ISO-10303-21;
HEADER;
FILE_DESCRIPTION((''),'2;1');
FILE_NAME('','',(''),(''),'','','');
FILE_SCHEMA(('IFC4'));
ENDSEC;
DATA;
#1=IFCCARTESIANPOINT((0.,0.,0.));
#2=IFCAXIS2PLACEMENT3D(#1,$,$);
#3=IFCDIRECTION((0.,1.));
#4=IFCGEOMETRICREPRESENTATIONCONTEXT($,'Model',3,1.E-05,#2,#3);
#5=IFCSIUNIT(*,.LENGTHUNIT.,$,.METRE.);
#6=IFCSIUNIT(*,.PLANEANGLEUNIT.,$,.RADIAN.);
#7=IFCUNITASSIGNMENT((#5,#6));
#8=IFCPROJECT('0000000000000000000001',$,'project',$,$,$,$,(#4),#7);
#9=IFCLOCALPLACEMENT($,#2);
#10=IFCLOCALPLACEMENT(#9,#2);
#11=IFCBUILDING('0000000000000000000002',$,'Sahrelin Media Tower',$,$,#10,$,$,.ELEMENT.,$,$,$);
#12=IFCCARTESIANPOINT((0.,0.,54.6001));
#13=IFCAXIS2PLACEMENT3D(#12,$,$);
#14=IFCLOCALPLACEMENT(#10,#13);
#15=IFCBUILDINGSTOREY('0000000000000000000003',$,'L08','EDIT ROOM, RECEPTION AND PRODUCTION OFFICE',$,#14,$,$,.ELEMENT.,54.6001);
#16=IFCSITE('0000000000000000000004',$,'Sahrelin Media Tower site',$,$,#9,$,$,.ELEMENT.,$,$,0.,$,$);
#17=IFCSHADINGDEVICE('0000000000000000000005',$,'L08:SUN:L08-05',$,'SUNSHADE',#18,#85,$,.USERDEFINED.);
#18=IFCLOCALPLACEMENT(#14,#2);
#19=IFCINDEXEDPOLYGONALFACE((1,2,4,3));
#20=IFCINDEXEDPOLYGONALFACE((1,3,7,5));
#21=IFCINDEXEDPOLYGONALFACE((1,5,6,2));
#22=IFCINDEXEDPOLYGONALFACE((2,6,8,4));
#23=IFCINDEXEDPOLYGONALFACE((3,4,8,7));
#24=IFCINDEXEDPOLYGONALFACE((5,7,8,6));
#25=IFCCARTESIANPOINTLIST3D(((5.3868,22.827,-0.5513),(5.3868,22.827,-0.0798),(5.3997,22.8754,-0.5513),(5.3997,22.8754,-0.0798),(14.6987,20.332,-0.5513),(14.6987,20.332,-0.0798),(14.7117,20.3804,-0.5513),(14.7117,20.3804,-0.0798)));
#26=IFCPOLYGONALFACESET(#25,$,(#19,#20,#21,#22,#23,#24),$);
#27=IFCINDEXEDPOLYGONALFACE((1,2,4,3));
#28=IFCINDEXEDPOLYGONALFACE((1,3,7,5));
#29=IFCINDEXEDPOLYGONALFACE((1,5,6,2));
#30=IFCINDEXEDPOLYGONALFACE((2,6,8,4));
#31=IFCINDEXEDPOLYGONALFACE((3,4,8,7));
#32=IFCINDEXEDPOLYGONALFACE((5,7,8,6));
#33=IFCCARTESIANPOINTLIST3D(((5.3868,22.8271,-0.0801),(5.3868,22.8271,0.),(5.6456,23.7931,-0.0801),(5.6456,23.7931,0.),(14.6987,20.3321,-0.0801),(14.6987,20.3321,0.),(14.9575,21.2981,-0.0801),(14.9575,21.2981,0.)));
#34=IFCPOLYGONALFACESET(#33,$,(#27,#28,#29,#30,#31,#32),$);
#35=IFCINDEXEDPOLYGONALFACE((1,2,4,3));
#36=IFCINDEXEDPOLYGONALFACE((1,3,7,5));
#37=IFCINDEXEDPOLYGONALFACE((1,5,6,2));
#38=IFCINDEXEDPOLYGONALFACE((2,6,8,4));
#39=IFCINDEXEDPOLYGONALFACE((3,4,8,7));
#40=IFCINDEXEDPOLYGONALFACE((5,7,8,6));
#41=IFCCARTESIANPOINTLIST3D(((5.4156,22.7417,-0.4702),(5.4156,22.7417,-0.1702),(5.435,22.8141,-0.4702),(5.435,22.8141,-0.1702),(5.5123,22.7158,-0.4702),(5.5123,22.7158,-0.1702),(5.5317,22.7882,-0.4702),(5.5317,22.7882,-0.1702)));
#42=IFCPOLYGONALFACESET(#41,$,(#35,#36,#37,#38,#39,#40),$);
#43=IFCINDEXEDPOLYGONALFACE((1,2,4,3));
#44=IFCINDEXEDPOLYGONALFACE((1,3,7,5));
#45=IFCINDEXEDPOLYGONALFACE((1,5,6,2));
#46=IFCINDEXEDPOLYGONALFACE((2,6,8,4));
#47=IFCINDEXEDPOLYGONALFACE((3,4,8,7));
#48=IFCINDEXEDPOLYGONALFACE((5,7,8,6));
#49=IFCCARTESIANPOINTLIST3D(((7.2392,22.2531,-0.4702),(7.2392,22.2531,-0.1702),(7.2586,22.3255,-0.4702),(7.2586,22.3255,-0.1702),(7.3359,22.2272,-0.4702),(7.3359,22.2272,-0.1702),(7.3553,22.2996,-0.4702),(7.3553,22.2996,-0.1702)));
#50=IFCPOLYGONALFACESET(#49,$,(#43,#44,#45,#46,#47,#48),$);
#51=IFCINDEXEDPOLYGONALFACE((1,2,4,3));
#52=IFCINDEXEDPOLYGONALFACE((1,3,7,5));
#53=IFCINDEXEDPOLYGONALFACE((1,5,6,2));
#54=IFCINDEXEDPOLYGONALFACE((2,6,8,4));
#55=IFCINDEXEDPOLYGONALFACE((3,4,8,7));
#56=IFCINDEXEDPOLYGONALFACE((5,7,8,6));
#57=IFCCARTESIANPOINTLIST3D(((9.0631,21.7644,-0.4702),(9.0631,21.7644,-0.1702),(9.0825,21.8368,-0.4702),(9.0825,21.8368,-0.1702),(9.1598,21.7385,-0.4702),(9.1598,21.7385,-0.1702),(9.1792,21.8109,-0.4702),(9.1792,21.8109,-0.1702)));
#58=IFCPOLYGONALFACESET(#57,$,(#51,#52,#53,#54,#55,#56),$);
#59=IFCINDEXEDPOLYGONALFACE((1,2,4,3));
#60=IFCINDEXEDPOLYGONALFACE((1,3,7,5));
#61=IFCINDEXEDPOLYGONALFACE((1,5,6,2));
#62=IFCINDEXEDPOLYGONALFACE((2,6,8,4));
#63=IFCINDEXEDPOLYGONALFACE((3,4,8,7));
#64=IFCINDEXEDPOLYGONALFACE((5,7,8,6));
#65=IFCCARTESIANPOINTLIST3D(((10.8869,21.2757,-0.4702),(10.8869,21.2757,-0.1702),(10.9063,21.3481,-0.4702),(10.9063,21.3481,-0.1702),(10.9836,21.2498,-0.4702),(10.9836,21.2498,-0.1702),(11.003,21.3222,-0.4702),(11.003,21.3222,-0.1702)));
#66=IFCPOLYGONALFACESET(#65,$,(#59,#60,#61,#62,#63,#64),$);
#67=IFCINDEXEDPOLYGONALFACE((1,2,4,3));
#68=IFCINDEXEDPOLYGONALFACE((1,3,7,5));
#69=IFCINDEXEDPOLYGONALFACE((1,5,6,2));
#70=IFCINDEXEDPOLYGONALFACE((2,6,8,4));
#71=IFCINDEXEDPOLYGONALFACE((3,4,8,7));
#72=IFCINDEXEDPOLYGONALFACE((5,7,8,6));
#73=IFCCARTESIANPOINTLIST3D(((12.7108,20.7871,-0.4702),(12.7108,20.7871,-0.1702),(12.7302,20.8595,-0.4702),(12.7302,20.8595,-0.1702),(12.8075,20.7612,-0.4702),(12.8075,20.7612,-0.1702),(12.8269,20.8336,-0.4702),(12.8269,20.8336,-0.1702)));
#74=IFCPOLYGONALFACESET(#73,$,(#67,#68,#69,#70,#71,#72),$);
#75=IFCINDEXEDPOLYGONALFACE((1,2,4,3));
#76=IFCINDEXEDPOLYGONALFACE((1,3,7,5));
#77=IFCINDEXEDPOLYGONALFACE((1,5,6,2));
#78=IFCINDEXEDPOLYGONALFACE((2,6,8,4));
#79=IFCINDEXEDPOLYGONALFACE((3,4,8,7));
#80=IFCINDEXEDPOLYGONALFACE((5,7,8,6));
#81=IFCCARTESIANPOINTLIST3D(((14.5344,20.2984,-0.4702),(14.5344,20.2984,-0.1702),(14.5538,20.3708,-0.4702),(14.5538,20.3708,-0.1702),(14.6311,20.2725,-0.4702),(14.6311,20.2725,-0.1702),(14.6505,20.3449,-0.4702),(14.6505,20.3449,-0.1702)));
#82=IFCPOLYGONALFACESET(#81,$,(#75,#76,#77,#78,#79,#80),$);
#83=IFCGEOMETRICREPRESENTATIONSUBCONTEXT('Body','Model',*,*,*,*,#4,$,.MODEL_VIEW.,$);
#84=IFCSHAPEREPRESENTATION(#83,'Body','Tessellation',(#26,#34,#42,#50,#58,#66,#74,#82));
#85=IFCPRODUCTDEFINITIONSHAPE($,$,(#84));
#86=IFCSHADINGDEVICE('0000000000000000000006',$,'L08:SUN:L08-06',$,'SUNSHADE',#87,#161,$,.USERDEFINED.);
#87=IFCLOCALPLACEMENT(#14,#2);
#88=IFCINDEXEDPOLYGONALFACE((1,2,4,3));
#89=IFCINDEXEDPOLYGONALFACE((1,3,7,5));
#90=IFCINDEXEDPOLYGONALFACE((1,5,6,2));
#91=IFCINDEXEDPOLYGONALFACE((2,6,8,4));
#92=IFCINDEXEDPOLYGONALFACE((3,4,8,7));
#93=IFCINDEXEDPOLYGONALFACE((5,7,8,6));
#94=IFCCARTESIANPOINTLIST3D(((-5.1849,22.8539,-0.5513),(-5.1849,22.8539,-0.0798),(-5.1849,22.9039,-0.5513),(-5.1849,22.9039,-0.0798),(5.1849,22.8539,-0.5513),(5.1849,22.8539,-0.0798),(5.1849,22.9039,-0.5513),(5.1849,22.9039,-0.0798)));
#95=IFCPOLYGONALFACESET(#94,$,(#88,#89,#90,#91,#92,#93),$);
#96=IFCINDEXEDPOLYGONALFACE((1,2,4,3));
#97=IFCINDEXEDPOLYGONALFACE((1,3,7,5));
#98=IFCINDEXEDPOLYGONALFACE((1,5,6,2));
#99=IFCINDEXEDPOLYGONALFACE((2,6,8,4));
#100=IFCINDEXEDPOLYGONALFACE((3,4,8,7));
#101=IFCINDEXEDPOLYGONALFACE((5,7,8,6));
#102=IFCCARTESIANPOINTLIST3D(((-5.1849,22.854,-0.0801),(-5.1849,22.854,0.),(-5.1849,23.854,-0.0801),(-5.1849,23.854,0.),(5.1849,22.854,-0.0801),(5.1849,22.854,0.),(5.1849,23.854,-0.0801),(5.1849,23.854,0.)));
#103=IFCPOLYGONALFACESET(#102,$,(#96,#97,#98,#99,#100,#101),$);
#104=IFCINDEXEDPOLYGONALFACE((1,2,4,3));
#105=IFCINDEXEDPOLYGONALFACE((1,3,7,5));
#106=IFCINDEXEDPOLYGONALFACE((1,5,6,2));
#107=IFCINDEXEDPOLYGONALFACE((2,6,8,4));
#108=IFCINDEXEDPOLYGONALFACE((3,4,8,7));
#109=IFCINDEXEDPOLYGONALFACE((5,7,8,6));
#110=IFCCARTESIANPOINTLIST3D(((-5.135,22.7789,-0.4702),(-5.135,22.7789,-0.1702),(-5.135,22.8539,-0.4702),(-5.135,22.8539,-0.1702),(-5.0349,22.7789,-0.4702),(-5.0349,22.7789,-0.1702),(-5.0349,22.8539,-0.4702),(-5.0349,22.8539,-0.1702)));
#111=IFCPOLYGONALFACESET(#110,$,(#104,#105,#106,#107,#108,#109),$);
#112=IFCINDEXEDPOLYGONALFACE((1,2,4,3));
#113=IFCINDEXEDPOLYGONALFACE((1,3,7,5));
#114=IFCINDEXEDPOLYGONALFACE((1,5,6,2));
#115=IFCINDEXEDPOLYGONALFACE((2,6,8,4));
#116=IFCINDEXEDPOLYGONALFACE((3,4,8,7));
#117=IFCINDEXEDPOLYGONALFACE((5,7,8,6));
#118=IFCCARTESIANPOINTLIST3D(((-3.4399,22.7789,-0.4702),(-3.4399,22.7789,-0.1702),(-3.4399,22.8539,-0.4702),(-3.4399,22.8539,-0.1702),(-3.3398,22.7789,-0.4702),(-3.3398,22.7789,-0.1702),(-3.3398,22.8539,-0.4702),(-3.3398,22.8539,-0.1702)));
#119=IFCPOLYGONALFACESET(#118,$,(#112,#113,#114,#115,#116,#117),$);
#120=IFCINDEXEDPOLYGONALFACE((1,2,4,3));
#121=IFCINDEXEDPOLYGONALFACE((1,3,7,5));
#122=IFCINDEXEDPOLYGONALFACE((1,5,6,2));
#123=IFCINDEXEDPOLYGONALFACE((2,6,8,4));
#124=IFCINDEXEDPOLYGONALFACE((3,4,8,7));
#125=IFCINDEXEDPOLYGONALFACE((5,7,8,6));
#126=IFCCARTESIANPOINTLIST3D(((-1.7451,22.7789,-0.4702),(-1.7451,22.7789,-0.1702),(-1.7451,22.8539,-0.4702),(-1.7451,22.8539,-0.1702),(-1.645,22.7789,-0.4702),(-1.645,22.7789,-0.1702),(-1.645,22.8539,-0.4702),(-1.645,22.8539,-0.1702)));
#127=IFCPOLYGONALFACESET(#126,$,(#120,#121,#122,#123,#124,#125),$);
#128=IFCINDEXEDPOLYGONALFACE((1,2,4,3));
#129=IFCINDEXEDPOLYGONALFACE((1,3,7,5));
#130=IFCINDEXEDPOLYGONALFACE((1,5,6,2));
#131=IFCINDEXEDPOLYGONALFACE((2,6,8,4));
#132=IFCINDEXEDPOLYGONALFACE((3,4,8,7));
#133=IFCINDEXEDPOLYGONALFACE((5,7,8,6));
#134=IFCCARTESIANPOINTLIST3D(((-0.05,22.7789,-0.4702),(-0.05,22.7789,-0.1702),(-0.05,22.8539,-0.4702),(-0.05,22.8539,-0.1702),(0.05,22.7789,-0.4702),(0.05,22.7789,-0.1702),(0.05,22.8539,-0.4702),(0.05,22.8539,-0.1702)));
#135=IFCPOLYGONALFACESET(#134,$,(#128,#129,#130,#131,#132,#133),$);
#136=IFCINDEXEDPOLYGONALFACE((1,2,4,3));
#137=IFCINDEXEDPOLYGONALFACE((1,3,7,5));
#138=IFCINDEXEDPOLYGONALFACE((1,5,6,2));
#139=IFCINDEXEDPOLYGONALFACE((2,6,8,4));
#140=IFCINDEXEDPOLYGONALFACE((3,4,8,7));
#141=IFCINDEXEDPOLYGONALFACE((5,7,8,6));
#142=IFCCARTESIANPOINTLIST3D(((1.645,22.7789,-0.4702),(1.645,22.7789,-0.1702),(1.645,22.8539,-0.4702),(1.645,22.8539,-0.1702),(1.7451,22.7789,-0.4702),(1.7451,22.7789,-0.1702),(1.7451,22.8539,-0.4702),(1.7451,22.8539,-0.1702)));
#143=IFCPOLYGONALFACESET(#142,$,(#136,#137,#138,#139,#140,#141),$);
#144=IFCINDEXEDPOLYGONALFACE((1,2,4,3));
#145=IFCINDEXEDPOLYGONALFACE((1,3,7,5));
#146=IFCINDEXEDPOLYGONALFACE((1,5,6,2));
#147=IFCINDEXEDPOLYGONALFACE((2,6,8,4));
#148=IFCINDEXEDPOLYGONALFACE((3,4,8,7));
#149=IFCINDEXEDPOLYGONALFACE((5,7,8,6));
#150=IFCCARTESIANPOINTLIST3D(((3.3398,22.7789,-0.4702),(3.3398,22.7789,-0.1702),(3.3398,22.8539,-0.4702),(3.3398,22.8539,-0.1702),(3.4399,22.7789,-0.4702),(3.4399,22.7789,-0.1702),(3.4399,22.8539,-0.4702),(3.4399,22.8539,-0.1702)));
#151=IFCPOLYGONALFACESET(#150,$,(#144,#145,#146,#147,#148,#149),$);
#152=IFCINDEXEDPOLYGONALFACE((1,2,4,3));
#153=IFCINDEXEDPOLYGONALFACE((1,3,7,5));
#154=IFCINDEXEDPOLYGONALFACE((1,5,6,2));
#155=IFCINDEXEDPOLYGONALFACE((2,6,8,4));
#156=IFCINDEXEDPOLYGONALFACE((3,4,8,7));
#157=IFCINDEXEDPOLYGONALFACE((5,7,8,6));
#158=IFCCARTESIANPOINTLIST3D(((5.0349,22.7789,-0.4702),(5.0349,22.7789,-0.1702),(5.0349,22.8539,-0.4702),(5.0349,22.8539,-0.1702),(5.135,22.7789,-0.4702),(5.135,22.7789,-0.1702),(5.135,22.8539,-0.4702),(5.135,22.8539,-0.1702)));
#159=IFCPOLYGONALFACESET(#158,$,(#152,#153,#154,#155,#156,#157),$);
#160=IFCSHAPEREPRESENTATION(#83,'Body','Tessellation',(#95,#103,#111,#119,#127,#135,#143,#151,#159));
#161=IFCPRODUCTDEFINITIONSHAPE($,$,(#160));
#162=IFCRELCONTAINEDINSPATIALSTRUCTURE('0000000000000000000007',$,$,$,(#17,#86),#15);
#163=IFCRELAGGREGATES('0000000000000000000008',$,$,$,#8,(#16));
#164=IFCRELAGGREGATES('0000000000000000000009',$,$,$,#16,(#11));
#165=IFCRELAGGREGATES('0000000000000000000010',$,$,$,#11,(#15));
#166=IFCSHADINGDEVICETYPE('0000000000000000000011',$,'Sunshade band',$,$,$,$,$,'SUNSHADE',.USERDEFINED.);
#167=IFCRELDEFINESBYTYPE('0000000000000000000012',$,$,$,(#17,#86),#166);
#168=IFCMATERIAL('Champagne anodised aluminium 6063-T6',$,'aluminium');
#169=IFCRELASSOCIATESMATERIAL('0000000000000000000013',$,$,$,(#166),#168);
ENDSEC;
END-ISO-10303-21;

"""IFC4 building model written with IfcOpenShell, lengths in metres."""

from ifc_helpers import new_model, si_unit, direction, frame, origin, origin_2d, place, context, subcontext, project, spatial, rectangle, extrude, material, type_object, element, save


model = new_model("IFC4")

# Units and contexts
model_context = context("Model", 3, precision=1e-05, world=origin(), true_north=direction((0.0, 1.0)))
body_context = subcontext(model_context, "Body", "Model", "MODEL_VIEW")
ifc_project = project(units=[si_unit("LENGTHUNIT", "METRE"), si_unit("PLANEANGLEUNIT", "RADIAN")], contexts=[model_context])

# Site, building, storey
site_placement = place(None, origin())
site = spatial("IfcSite", under=ifc_project, at=site_placement, Name="Sahrelin Media Tower site", CompositionType="ELEMENT", RefElevation=0.0)
building_placement = place(site_placement, origin())
building = spatial("IfcBuilding", under=site, at=building_placement, Name="Sahrelin Media Tower", CompositionType="ELEMENT")
storey_placement = place(building_placement, frame((0.0, 0.0, 54.6001)))
storey = spatial("IfcBuildingStorey", under=building, at=storey_placement, Name="L08", Description="EDIT ROOM, RECEPTION AND PRODUCTION OFFICE", CompositionType="ELEMENT", Elevation=54.6001)

# Shared definitions
ifc_material_1 = material(Name="Champagne anodised aluminium 6063-T6", Category="aluminium")

# Shared definitions
placement_1 = place(storey_placement, frame((0.0, 22.834, 0.0), z_axis=(0.0, 0.0, 1.0), x_axis=(1.0, 0.0, 0.0)))

# Shading devices
placement_2 = place(storey_placement, frame((10.0376, 21.5603, 0.0), z_axis=(0.0, 0.0, 1.0), x_axis=(0.965929, -0.258808, 0.0)))
shading_device_type_1 = type_object("IfcShadingDeviceType", Name="Sunshade band", ElementType="SUNSHADE", PredefinedType="USERDEFINED", material=ifc_material_1)
element("IfcShadingDevice", 1, at=placement_2, inside=storey, type_object=shading_device_type_1, Name="L08:SUN:L08-05", ObjectType="SUNSHADE", PredefinedType="USERDEFINED", context=body_context, shape_type="SweptSolid", body=[
    extrude(rectangle(XDim=9.6404, YDim=0.05, at=origin_2d()), frame((0.0, 0.0449, -0.5513)), (0.0, 0.0, 1.0), 0.4714),
    extrude(rectangle(XDim=9.6404, YDim=1.0, at=origin_2d()), frame((0.0, 0.52, -0.0801)), (0.0, 0.0, 1.0), 0.0801),
    extrude(rectangle(XDim=0.1001, YDim=0.075, at=origin_2d()), frame((-4.7202, -0.0176, -0.4702)), (0.0, 0.0, 1.0), 0.3),
    extrude(rectangle(XDim=0.1001, YDim=0.075, at=origin_2d()), frame((-2.8323, -0.0176, -0.4702)), (0.0, 0.0, 1.0), 0.3),
    extrude(rectangle(XDim=0.1001, YDim=0.075, at=origin_2d()), frame((-0.9441, -0.0176, -0.4702)), (0.0, 0.0, 1.0), 0.3),
    extrude(rectangle(XDim=0.1001, YDim=0.075, at=origin_2d()), frame((0.9441, -0.0176, -0.4702)), (0.0, 0.0, 1.0), 0.3),
    extrude(rectangle(XDim=0.1001, YDim=0.075, at=origin_2d()), frame((2.8323, -0.0176, -0.4702)), (0.0, 0.0, 1.0), 0.3),
    extrude(rectangle(XDim=0.1001, YDim=0.075, at=origin_2d()), frame((4.7202, -0.0176, -0.4702)), (0.0, 0.0, 1.0), 0.3),
])
element("IfcShadingDevice", 2, at=placement_1, inside=storey, type_object=shading_device_type_1, Name="L08:SUN:L08-06", ObjectType="SUNSHADE", PredefinedType="USERDEFINED", context=body_context, shape_type="SweptSolid", body=[
    extrude(rectangle(XDim=10.3699, YDim=0.05, at=origin_2d()), frame((0.0, 0.0449, -0.5513)), (0.0, 0.0, 1.0), 0.4714),
    extrude(rectangle(XDim=10.3699, YDim=1.0, at=origin_2d()), frame((0.0, 0.52, -0.0801)), (0.0, 0.0, 1.0), 0.0801),
    extrude(rectangle(XDim=0.1001, YDim=0.075, at=origin_2d()), frame((-5.085, -0.0176, -0.4702)), (0.0, 0.0, 1.0), 0.3),
    extrude(rectangle(XDim=0.1001, YDim=0.075, at=origin_2d()), frame((-3.3899, -0.0176, -0.4702)), (0.0, 0.0, 1.0), 0.3),
    extrude(rectangle(XDim=0.1001, YDim=0.075, at=origin_2d()), frame((-1.6951, -0.0176, -0.4702)), (0.0, 0.0, 1.0), 0.3),
    extrude(rectangle(XDim=0.1001, YDim=0.075, at=origin_2d()), frame((0.0, -0.0176, -0.4702)), (0.0, 0.0, 1.0), 0.3),
    extrude(rectangle(XDim=0.1001, YDim=0.075, at=origin_2d()), frame((1.6951, -0.0176, -0.4702)), (0.0, 0.0, 1.0), 0.3),
    extrude(rectangle(XDim=0.1001, YDim=0.075, at=origin_2d()), frame((3.3899, -0.0176, -0.4702)), (0.0, 0.0, 1.0), 0.3),
    extrude(rectangle(XDim=0.1001, YDim=0.075, at=origin_2d()), frame((5.085, -0.0176, -0.4702)), (0.0, 0.0, 1.0), 0.3),
])

save(model, "model.ifc")
